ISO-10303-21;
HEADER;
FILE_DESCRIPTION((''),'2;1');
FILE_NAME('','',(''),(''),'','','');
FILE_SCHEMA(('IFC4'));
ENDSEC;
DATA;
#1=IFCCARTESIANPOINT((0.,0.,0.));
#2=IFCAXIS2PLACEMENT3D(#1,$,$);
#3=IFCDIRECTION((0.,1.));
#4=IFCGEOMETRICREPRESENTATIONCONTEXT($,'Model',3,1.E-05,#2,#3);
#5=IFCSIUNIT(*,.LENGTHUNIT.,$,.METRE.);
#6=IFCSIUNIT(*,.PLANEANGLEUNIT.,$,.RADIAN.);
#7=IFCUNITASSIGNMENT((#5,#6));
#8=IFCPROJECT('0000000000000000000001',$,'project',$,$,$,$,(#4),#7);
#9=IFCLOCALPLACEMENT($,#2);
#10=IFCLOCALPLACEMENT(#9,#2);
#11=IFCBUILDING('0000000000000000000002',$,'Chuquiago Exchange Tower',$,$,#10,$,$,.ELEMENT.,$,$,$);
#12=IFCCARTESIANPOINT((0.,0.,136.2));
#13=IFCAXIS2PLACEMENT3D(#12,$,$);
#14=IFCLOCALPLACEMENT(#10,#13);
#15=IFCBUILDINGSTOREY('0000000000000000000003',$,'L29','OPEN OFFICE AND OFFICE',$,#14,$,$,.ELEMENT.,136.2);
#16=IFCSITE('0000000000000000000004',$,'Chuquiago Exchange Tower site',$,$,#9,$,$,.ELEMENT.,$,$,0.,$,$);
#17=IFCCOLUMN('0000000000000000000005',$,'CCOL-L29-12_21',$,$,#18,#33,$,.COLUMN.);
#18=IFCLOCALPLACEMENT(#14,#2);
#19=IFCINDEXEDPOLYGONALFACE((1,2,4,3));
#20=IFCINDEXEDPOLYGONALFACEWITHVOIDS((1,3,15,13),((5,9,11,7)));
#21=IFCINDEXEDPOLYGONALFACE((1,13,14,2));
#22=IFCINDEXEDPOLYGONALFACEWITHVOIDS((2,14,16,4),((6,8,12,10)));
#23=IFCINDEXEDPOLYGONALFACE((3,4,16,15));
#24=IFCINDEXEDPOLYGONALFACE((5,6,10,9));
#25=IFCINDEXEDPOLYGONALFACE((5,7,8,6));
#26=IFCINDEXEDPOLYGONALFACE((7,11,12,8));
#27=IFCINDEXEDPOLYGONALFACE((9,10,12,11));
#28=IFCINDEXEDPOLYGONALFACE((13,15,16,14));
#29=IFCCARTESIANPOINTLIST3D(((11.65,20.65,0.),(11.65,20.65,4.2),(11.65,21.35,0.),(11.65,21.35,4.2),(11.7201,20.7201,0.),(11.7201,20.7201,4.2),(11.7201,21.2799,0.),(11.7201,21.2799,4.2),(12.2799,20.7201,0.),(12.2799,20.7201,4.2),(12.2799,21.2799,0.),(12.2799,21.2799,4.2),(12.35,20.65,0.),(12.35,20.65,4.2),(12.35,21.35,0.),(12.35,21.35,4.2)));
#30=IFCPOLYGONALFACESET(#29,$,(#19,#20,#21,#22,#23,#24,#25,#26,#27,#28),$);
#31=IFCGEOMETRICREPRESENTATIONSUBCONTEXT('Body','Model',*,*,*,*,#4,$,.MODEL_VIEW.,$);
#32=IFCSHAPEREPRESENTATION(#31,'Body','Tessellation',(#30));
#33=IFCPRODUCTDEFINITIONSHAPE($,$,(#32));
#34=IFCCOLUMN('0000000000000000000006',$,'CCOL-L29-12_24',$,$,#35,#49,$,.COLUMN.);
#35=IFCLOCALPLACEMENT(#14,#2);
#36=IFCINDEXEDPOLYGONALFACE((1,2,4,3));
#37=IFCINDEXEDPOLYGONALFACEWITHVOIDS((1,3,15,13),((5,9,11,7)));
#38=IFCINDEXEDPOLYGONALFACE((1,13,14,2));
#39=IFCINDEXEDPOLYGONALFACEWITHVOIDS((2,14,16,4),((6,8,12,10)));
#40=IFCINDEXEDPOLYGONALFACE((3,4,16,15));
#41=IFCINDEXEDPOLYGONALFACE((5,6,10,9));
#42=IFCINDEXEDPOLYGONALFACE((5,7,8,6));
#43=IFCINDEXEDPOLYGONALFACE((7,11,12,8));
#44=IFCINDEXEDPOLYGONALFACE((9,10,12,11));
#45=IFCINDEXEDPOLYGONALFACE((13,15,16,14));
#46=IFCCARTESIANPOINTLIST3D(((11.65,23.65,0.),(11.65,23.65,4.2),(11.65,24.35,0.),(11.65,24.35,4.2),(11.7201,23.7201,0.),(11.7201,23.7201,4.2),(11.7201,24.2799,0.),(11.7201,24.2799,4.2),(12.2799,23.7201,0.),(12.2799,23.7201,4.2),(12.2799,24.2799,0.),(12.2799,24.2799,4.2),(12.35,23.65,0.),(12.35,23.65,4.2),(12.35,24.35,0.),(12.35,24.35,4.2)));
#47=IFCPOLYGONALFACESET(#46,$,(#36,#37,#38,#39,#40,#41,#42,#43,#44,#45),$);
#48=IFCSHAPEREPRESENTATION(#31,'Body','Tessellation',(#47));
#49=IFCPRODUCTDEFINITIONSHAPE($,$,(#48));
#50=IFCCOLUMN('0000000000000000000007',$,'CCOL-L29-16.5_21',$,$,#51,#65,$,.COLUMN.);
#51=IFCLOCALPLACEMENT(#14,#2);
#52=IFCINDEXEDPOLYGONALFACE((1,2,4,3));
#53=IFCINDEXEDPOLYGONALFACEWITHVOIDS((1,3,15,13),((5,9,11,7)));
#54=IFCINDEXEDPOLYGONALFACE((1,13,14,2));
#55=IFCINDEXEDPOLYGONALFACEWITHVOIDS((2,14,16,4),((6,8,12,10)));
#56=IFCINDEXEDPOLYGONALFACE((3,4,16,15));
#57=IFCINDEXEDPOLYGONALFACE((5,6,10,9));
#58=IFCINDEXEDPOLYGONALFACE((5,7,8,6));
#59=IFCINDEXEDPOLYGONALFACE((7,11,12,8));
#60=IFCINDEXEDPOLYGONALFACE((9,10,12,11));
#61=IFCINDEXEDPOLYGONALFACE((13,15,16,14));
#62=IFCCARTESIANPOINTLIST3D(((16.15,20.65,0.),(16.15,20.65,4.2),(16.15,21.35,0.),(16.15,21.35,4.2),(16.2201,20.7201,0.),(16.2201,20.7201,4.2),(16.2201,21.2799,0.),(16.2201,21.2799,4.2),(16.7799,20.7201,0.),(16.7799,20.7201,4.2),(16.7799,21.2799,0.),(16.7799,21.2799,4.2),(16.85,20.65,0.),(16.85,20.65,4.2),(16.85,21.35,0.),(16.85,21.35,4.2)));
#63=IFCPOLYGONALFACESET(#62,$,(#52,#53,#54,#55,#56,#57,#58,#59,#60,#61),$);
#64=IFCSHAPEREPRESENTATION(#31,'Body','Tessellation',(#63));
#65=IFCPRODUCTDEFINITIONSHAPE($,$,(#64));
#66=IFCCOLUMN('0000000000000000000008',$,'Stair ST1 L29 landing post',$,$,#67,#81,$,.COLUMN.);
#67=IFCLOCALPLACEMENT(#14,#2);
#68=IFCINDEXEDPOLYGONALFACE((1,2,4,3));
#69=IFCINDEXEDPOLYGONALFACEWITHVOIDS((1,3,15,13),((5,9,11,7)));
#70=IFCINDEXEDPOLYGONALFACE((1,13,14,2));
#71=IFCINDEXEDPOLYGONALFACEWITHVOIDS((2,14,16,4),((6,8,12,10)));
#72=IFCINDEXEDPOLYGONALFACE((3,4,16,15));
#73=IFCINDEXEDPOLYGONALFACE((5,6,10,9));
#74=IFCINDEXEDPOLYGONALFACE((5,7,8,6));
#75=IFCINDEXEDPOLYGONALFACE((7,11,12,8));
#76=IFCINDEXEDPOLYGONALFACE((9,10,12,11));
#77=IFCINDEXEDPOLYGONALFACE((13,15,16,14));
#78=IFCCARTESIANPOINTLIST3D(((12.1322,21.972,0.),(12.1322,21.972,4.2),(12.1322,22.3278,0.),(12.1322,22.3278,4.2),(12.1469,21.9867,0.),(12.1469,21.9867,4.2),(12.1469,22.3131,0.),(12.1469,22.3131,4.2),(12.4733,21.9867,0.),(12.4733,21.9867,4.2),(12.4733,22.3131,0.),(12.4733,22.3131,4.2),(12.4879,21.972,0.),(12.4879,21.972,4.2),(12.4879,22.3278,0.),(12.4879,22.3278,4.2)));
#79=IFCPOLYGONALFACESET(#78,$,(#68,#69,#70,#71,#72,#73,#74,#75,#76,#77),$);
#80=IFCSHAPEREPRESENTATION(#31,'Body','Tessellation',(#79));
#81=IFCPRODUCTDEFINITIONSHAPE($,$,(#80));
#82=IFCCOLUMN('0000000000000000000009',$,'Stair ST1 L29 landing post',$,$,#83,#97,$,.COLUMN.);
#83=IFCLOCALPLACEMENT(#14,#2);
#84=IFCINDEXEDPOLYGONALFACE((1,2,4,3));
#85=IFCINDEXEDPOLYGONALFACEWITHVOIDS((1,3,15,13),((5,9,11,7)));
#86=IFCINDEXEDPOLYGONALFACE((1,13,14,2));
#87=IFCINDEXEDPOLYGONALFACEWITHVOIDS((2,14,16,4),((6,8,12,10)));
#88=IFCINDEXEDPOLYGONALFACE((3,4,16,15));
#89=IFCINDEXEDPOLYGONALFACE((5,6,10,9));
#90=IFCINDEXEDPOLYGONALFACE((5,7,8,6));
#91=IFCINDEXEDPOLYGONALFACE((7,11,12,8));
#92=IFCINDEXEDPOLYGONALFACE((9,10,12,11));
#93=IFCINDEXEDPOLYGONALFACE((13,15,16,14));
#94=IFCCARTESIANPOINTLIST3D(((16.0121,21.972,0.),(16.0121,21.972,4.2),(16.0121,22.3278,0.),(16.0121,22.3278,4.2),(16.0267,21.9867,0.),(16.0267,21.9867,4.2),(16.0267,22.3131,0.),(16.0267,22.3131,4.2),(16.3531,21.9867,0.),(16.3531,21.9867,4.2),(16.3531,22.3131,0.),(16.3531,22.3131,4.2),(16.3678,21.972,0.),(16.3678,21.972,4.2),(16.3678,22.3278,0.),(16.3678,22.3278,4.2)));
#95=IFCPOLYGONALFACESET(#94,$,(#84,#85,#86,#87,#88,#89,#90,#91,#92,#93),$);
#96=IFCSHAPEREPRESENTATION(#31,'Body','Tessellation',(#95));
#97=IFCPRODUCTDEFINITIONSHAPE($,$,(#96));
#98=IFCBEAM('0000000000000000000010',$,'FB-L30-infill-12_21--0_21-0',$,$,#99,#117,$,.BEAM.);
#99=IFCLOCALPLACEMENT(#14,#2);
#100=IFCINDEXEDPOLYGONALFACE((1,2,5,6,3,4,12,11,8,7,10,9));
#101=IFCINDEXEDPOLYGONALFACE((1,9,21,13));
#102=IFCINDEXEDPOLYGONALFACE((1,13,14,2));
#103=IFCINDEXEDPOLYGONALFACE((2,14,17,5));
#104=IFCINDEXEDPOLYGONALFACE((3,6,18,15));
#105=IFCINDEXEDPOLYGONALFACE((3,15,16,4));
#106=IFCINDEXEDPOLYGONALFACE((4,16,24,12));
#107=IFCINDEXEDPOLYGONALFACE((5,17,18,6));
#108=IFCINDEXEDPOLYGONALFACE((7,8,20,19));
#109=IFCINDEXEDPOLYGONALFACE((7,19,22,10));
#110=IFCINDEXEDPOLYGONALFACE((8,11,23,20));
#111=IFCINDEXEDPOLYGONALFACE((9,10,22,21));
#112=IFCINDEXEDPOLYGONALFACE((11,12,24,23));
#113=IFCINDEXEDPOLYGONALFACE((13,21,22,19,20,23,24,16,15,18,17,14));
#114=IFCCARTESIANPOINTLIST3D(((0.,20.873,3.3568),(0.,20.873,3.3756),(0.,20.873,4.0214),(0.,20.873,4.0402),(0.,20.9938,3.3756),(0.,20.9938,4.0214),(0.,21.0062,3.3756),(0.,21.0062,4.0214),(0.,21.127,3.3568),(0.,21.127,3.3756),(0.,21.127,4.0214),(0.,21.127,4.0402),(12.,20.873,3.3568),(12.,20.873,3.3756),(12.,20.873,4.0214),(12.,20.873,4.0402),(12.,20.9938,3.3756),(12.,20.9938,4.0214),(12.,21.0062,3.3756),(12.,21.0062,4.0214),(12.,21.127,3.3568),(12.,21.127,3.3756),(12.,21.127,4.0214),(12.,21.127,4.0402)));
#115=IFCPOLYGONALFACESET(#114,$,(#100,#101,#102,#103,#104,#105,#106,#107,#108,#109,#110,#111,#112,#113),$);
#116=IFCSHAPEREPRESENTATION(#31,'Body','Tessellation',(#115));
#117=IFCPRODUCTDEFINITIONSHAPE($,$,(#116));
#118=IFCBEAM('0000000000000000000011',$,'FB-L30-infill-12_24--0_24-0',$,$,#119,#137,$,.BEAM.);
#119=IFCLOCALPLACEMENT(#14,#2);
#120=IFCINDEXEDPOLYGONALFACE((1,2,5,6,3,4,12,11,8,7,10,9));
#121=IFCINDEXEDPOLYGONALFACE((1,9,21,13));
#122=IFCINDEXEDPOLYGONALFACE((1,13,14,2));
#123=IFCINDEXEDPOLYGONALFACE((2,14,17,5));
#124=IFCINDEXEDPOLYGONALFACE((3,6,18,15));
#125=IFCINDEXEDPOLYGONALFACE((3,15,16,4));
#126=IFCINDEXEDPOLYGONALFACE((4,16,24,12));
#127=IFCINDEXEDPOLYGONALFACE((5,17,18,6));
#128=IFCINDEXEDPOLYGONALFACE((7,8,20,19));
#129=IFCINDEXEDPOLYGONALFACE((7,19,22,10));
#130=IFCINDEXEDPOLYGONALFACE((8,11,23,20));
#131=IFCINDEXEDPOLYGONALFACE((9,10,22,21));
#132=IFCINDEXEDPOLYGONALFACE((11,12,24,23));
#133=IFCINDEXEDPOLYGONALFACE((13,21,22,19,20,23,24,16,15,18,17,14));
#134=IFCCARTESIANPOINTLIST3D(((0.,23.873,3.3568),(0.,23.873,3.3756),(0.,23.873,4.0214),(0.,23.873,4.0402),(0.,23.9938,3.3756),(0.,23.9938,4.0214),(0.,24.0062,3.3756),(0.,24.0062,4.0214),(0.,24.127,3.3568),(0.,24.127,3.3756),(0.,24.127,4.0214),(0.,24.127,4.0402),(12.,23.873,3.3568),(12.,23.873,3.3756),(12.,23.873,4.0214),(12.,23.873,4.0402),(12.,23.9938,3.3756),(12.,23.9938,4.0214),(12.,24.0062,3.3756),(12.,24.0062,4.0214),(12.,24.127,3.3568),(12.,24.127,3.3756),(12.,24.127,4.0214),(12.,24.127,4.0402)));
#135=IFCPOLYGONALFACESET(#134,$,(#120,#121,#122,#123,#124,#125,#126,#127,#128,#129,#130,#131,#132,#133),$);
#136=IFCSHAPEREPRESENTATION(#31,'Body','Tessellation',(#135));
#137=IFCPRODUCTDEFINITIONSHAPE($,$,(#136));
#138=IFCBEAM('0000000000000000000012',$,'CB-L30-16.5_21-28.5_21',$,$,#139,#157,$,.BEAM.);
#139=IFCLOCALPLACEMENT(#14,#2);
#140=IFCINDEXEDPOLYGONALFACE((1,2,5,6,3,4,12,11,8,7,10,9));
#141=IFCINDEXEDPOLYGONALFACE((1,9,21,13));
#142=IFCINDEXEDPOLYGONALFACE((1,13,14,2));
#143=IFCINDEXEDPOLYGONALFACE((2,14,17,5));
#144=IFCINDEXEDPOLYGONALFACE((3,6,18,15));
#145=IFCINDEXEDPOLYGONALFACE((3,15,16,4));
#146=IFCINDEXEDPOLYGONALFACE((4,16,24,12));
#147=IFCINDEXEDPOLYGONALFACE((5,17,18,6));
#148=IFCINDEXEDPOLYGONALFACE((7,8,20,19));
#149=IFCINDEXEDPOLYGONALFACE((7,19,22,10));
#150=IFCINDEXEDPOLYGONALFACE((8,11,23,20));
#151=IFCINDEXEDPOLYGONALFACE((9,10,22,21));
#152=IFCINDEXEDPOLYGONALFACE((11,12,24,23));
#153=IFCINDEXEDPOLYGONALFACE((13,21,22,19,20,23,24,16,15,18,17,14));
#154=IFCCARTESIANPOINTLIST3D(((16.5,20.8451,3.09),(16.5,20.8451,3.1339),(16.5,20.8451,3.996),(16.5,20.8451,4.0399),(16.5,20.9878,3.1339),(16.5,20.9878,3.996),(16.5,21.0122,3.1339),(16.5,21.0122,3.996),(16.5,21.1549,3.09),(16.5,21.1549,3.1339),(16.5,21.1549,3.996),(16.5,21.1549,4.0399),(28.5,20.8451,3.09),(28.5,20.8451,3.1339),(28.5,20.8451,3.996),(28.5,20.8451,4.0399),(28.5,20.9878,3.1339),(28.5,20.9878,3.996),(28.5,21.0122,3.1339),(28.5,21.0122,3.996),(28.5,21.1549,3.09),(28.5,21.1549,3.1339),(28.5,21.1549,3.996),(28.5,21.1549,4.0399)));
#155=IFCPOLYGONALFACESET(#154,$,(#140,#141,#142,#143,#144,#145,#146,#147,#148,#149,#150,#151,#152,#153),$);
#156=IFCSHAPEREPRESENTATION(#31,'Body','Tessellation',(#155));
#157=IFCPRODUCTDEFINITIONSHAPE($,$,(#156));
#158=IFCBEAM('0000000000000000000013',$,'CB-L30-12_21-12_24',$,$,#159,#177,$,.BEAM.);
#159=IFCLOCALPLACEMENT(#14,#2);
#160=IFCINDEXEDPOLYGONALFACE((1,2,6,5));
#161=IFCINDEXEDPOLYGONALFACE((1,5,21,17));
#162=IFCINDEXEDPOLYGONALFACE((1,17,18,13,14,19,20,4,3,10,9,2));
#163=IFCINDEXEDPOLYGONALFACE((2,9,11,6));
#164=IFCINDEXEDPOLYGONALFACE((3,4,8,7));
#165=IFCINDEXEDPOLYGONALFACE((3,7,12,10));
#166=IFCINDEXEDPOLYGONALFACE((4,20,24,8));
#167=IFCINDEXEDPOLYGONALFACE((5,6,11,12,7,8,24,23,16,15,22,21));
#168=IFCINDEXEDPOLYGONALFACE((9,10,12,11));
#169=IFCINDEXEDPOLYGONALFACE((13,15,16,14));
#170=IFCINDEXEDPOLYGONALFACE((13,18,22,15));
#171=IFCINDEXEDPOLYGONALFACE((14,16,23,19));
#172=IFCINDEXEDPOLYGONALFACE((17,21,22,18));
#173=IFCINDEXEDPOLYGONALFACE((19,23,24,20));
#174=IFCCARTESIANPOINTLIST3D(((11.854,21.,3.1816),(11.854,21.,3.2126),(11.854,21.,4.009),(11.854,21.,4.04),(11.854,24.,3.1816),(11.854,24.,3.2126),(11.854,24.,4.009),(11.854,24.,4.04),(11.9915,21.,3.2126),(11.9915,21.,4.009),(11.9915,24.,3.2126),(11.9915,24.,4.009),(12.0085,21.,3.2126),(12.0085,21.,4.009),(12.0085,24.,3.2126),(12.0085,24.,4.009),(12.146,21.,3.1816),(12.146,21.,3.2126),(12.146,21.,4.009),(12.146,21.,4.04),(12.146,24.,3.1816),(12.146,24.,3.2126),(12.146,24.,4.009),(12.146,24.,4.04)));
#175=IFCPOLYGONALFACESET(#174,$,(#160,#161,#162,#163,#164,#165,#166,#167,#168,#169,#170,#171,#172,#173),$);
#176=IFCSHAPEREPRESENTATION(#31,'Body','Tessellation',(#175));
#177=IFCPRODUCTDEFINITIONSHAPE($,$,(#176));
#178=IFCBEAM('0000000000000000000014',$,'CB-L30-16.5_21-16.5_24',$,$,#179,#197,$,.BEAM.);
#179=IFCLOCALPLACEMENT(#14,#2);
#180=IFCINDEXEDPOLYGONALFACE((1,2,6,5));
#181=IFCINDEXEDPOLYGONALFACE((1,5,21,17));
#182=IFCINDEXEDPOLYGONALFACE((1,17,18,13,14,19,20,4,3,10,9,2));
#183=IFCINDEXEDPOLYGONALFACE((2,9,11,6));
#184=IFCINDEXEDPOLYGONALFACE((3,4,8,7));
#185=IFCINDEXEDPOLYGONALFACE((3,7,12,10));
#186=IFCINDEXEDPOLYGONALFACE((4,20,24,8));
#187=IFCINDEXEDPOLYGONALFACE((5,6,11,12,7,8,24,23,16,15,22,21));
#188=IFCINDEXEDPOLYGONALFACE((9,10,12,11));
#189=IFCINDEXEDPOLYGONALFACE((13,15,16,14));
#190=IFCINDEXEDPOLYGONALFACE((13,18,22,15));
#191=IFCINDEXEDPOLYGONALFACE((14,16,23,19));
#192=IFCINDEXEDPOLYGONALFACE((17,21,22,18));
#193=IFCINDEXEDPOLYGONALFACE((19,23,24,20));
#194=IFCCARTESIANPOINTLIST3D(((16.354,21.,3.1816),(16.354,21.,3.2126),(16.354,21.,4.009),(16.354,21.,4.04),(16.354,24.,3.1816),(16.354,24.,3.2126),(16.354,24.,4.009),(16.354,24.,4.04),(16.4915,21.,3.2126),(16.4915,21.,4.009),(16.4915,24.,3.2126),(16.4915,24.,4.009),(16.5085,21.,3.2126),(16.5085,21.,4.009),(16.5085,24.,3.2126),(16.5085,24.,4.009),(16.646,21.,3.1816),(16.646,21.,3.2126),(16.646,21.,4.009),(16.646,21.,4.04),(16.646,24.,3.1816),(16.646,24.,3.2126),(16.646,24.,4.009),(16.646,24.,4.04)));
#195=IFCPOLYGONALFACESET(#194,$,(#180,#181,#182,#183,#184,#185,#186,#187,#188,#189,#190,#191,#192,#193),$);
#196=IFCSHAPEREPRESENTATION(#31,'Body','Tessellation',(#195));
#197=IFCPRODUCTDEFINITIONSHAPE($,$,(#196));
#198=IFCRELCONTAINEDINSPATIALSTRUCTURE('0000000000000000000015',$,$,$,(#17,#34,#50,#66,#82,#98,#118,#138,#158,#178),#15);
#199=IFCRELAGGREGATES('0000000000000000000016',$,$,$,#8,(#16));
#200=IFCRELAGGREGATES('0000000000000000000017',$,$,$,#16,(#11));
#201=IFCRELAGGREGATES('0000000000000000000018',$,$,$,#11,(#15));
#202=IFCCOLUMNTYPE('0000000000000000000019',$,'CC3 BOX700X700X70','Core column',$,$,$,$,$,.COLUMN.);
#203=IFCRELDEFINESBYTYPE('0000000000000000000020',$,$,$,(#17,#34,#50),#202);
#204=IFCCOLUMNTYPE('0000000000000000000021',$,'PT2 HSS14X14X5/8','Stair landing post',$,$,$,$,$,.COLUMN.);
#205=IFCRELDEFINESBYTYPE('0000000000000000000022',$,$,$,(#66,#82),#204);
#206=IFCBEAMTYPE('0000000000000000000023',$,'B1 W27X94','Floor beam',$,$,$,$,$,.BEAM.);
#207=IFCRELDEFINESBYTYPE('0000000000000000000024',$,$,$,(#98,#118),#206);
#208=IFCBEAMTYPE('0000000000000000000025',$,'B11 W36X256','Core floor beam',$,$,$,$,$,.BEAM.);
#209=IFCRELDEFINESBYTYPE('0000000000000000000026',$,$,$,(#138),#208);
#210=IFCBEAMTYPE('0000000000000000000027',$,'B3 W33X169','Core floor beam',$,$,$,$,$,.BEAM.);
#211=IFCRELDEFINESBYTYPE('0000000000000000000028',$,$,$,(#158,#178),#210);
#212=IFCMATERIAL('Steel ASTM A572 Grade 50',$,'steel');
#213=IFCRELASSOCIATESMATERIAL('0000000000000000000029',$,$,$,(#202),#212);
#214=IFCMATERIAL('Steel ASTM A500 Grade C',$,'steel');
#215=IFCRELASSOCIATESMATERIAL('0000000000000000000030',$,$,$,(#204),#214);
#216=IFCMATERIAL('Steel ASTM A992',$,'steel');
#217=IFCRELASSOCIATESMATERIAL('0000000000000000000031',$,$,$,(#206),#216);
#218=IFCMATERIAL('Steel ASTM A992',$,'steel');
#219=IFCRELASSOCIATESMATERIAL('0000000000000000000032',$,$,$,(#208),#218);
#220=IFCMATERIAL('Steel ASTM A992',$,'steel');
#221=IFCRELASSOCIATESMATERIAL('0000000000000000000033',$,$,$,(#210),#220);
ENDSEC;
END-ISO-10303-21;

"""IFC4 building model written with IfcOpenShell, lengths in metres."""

from ifc_helpers import new_model, si_unit, direction, frame, origin, origin_2d, place, context, subcontext, project, spatial, hollow_rectangle, i_section, extrude, material, material_profile, profile_set, type_object, element, save


model = new_model("IFC4")

# Units and contexts
model_context = context("Model", 3, precision=1e-05, world=origin(), true_north=direction((0.0, 1.0)))
body_context = subcontext(model_context, "Body", "Model", "MODEL_VIEW")
ifc_project = project(units=[si_unit("LENGTHUNIT", "METRE"), si_unit("PLANEANGLEUNIT", "RADIAN")], contexts=[model_context])

# Site, building, storey
site_placement = place(None, origin())
site = spatial("IfcSite", under=ifc_project, at=site_placement, Name="Chuquiago Exchange Tower site", CompositionType="ELEMENT", RefElevation=0.0)
building_placement = place(site_placement, origin())
building = spatial("IfcBuilding", under=site, at=building_placement, Name="Chuquiago Exchange Tower", CompositionType="ELEMENT")
storey_placement = place(building_placement, frame((0.0, 0.0, 136.2)))
storey = spatial("IfcBuildingStorey", under=building, at=storey_placement, Name="L29", Description="OPEN OFFICE AND OFFICE", CompositionType="ELEMENT", Elevation=136.2)

# Columns
ifc_material_1 = material(Name="Steel ASTM A572 Grade 50", Category="steel")
ifc_material_profile_1 = material_profile(ifc_material_1, hollow_rectangle(XDim=0.7, YDim=0.7, WallThickness=0.0701, at=origin_2d()), Name="BOX700X700X70")
ifc_profile_set_1 = profile_set([ifc_material_profile_1], Name="Steel ASTM A572 Grade 50")
column_type_1 = type_object("IfcColumnType", Name="CC3 BOX700X700X70", Description="Core column", PredefinedType="COLUMN", material=ifc_profile_set_1)
for number, where, z_axis, x_axis, name in (
    (1, (12.0, 21.0, 0.0), (0.0, 0.0, 1.0), (1.0, 0.0, 0.0), "CCOL-L29-12_21"),
    (2, (12.0, 24.0, 0.0), (0.0, 0.0, 1.0), (1.0, 0.0, 0.0), "CCOL-L29-12_24"),
    (3, (16.5, 21.0, 0.0), (0.0, 0.0, 1.0), (1.0, 0.0, 0.0), "CCOL-L29-16.5_21"),
):
    element("IfcColumn", number, at=place(storey_placement, frame(where, z_axis=z_axis, x_axis=x_axis)), inside=storey, type_object=column_type_1, Name=name, PredefinedType="COLUMN", context=body_context, shape_type="SweptSolid", body=[
        extrude(hollow_rectangle(XDim=0.7, YDim=0.7, WallThickness=0.0701, at=origin_2d()), origin(), (0.0, 0.0, 1.0), 4.2),
    ])
ifc_material_2 = material(Name="Steel ASTM A500 Grade C", Category="steel")
ifc_material_profile_2 = material_profile(ifc_material_2, hollow_rectangle(XDim=0.3557, YDim=0.3557, WallThickness=0.0146, at=origin_2d()), Name="HSS14X14X5/8")
ifc_profile_set_2 = profile_set([ifc_material_profile_2], Name="Steel ASTM A500 Grade C")
column_type_2 = type_object("IfcColumnType", Name="PT2 HSS14X14X5/8", Description="Stair landing post", PredefinedType="COLUMN", material=ifc_profile_set_2)
for number, where, z_axis, x_axis, name in (
    (4, (12.3101, 22.1499, 0.0), (0.0, 0.0, 1.0), (1.0, 0.0, 0.0), "Stair ST1 L29 landing post"),
    (5, (16.1899, 22.1499, 0.0), (0.0, 0.0, 1.0), (1.0, 0.0, 0.0), "Stair ST1 L29 landing post"),
):
    element("IfcColumn", number, at=place(storey_placement, frame(where, z_axis=z_axis, x_axis=x_axis)), inside=storey, type_object=column_type_2, Name=name, PredefinedType="COLUMN", context=body_context, shape_type="SweptSolid", body=[
        extrude(hollow_rectangle(XDim=0.3557, YDim=0.3557, WallThickness=0.0146, at=origin_2d()), origin(), (0.0, 0.0, 1.0), 4.2),
    ])

# Beams
ifc_material_3 = material(Name="Steel ASTM A992", Category="steel")
ifc_material_profile_3 = material_profile(ifc_material_3, i_section(OverallWidth=0.2539, OverallDepth=0.6833, WebThickness=0.0125, FlangeThickness=0.0188, at=origin_2d()), Name="W27X94")
ifc_profile_set_3 = profile_set([ifc_material_profile_3], Name="Steel ASTM A992")
beam_type_1 = type_object("IfcBeamType", Name="B1 W27X94", Description="Floor beam", PredefinedType="BEAM", material=ifc_profile_set_3)
for number, where, z_axis, x_axis, name in (
    (6, (12.0, 21.0, 3.6985), (-1.0, 0.0, 0.0), (0.0, -1.0, 0.0), "FB-L30-infill-12_21--0_21-0"),
    (7, (12.0, 24.0, 3.6985), (-1.0, 0.0, 0.0), (0.0, -1.0, 0.0), "FB-L30-infill-12_24--0_24-0"),
):
    element("IfcBeam", number, at=place(storey_placement, frame(where, z_axis=z_axis, x_axis=x_axis)), inside=storey, type_object=beam_type_1, Name=name, PredefinedType="BEAM", context=body_context, shape_type="SweptSolid", body=[
        extrude(i_section(OverallWidth=0.2539, OverallDepth=0.6833, WebThickness=0.0125, FlangeThickness=0.0188, at=origin_2d()), origin(), (0.0, 0.0, 1.0), 12.0),
    ])
ifc_material_4 = material(Name="Steel ASTM A992", Category="steel")
ifc_material_profile_4 = material_profile(ifc_material_4, i_section(OverallWidth=0.3098, OverallDepth=0.95, WebThickness=0.0244, FlangeThickness=0.0439, at=origin_2d()), Name="W36X256")
ifc_profile_set_4 = profile_set([ifc_material_profile_4], Name="Steel ASTM A992")
beam_type_2 = type_object("IfcBeamType", Name="B11 W36X256", Description="Core floor beam", PredefinedType="BEAM", material=ifc_profile_set_4)
beam_placement = place(storey_placement, frame((16.5, 21.0, 3.5649), z_axis=(1.0, 0.0, 0.0), x_axis=(0.0, 1.0, 0.0)))
element("IfcBeam", 8, at=beam_placement, inside=storey, type_object=beam_type_2, Name="CB-L30-16.5_21-28.5_21", PredefinedType="BEAM", context=body_context, shape_type="SweptSolid", body=[
    extrude(i_section(OverallWidth=0.3098, OverallDepth=0.95, WebThickness=0.0244, FlangeThickness=0.0439, at=origin_2d()), origin(), (0.0, 0.0, 1.0), 12.0),
])
ifc_material_5 = material(Name="Steel ASTM A992", Category="steel")
ifc_material_profile_5 = material_profile(ifc_material_5, i_section(OverallWidth=0.292, OverallDepth=0.8584, WebThickness=0.0171, FlangeThickness=0.031, at=origin_2d()), Name="W33X169")
ifc_profile_set_5 = profile_set([ifc_material_profile_5], Name="Steel ASTM A992")
beam_type_3 = type_object("IfcBeamType", Name="B3 W33X169", Description="Core floor beam", PredefinedType="BEAM", material=ifc_profile_set_5)
for number, where, z_axis, x_axis, name in (
    (9, (12.0, 21.0, 3.6108), (0.0, 1.0, 0.0), (-1.0, 0.0, 0.0), "CB-L30-12_21-12_24"),
    (10, (16.5, 21.0, 3.6108), (0.0, 1.0, 0.0), (-1.0, 0.0, 0.0), "CB-L30-16.5_21-16.5_24"),
):
    element("IfcBeam", number, at=place(storey_placement, frame(where, z_axis=z_axis, x_axis=x_axis)), inside=storey, type_object=beam_type_3, Name=name, PredefinedType="BEAM", context=body_context, shape_type="SweptSolid", body=[
        extrude(i_section(OverallWidth=0.292, OverallDepth=0.8584, WebThickness=0.0171, FlangeThickness=0.031, at=origin_2d()), origin(), (0.0, 0.0, 1.0), 3.0),
    ])

save(model, "model.ifc")
